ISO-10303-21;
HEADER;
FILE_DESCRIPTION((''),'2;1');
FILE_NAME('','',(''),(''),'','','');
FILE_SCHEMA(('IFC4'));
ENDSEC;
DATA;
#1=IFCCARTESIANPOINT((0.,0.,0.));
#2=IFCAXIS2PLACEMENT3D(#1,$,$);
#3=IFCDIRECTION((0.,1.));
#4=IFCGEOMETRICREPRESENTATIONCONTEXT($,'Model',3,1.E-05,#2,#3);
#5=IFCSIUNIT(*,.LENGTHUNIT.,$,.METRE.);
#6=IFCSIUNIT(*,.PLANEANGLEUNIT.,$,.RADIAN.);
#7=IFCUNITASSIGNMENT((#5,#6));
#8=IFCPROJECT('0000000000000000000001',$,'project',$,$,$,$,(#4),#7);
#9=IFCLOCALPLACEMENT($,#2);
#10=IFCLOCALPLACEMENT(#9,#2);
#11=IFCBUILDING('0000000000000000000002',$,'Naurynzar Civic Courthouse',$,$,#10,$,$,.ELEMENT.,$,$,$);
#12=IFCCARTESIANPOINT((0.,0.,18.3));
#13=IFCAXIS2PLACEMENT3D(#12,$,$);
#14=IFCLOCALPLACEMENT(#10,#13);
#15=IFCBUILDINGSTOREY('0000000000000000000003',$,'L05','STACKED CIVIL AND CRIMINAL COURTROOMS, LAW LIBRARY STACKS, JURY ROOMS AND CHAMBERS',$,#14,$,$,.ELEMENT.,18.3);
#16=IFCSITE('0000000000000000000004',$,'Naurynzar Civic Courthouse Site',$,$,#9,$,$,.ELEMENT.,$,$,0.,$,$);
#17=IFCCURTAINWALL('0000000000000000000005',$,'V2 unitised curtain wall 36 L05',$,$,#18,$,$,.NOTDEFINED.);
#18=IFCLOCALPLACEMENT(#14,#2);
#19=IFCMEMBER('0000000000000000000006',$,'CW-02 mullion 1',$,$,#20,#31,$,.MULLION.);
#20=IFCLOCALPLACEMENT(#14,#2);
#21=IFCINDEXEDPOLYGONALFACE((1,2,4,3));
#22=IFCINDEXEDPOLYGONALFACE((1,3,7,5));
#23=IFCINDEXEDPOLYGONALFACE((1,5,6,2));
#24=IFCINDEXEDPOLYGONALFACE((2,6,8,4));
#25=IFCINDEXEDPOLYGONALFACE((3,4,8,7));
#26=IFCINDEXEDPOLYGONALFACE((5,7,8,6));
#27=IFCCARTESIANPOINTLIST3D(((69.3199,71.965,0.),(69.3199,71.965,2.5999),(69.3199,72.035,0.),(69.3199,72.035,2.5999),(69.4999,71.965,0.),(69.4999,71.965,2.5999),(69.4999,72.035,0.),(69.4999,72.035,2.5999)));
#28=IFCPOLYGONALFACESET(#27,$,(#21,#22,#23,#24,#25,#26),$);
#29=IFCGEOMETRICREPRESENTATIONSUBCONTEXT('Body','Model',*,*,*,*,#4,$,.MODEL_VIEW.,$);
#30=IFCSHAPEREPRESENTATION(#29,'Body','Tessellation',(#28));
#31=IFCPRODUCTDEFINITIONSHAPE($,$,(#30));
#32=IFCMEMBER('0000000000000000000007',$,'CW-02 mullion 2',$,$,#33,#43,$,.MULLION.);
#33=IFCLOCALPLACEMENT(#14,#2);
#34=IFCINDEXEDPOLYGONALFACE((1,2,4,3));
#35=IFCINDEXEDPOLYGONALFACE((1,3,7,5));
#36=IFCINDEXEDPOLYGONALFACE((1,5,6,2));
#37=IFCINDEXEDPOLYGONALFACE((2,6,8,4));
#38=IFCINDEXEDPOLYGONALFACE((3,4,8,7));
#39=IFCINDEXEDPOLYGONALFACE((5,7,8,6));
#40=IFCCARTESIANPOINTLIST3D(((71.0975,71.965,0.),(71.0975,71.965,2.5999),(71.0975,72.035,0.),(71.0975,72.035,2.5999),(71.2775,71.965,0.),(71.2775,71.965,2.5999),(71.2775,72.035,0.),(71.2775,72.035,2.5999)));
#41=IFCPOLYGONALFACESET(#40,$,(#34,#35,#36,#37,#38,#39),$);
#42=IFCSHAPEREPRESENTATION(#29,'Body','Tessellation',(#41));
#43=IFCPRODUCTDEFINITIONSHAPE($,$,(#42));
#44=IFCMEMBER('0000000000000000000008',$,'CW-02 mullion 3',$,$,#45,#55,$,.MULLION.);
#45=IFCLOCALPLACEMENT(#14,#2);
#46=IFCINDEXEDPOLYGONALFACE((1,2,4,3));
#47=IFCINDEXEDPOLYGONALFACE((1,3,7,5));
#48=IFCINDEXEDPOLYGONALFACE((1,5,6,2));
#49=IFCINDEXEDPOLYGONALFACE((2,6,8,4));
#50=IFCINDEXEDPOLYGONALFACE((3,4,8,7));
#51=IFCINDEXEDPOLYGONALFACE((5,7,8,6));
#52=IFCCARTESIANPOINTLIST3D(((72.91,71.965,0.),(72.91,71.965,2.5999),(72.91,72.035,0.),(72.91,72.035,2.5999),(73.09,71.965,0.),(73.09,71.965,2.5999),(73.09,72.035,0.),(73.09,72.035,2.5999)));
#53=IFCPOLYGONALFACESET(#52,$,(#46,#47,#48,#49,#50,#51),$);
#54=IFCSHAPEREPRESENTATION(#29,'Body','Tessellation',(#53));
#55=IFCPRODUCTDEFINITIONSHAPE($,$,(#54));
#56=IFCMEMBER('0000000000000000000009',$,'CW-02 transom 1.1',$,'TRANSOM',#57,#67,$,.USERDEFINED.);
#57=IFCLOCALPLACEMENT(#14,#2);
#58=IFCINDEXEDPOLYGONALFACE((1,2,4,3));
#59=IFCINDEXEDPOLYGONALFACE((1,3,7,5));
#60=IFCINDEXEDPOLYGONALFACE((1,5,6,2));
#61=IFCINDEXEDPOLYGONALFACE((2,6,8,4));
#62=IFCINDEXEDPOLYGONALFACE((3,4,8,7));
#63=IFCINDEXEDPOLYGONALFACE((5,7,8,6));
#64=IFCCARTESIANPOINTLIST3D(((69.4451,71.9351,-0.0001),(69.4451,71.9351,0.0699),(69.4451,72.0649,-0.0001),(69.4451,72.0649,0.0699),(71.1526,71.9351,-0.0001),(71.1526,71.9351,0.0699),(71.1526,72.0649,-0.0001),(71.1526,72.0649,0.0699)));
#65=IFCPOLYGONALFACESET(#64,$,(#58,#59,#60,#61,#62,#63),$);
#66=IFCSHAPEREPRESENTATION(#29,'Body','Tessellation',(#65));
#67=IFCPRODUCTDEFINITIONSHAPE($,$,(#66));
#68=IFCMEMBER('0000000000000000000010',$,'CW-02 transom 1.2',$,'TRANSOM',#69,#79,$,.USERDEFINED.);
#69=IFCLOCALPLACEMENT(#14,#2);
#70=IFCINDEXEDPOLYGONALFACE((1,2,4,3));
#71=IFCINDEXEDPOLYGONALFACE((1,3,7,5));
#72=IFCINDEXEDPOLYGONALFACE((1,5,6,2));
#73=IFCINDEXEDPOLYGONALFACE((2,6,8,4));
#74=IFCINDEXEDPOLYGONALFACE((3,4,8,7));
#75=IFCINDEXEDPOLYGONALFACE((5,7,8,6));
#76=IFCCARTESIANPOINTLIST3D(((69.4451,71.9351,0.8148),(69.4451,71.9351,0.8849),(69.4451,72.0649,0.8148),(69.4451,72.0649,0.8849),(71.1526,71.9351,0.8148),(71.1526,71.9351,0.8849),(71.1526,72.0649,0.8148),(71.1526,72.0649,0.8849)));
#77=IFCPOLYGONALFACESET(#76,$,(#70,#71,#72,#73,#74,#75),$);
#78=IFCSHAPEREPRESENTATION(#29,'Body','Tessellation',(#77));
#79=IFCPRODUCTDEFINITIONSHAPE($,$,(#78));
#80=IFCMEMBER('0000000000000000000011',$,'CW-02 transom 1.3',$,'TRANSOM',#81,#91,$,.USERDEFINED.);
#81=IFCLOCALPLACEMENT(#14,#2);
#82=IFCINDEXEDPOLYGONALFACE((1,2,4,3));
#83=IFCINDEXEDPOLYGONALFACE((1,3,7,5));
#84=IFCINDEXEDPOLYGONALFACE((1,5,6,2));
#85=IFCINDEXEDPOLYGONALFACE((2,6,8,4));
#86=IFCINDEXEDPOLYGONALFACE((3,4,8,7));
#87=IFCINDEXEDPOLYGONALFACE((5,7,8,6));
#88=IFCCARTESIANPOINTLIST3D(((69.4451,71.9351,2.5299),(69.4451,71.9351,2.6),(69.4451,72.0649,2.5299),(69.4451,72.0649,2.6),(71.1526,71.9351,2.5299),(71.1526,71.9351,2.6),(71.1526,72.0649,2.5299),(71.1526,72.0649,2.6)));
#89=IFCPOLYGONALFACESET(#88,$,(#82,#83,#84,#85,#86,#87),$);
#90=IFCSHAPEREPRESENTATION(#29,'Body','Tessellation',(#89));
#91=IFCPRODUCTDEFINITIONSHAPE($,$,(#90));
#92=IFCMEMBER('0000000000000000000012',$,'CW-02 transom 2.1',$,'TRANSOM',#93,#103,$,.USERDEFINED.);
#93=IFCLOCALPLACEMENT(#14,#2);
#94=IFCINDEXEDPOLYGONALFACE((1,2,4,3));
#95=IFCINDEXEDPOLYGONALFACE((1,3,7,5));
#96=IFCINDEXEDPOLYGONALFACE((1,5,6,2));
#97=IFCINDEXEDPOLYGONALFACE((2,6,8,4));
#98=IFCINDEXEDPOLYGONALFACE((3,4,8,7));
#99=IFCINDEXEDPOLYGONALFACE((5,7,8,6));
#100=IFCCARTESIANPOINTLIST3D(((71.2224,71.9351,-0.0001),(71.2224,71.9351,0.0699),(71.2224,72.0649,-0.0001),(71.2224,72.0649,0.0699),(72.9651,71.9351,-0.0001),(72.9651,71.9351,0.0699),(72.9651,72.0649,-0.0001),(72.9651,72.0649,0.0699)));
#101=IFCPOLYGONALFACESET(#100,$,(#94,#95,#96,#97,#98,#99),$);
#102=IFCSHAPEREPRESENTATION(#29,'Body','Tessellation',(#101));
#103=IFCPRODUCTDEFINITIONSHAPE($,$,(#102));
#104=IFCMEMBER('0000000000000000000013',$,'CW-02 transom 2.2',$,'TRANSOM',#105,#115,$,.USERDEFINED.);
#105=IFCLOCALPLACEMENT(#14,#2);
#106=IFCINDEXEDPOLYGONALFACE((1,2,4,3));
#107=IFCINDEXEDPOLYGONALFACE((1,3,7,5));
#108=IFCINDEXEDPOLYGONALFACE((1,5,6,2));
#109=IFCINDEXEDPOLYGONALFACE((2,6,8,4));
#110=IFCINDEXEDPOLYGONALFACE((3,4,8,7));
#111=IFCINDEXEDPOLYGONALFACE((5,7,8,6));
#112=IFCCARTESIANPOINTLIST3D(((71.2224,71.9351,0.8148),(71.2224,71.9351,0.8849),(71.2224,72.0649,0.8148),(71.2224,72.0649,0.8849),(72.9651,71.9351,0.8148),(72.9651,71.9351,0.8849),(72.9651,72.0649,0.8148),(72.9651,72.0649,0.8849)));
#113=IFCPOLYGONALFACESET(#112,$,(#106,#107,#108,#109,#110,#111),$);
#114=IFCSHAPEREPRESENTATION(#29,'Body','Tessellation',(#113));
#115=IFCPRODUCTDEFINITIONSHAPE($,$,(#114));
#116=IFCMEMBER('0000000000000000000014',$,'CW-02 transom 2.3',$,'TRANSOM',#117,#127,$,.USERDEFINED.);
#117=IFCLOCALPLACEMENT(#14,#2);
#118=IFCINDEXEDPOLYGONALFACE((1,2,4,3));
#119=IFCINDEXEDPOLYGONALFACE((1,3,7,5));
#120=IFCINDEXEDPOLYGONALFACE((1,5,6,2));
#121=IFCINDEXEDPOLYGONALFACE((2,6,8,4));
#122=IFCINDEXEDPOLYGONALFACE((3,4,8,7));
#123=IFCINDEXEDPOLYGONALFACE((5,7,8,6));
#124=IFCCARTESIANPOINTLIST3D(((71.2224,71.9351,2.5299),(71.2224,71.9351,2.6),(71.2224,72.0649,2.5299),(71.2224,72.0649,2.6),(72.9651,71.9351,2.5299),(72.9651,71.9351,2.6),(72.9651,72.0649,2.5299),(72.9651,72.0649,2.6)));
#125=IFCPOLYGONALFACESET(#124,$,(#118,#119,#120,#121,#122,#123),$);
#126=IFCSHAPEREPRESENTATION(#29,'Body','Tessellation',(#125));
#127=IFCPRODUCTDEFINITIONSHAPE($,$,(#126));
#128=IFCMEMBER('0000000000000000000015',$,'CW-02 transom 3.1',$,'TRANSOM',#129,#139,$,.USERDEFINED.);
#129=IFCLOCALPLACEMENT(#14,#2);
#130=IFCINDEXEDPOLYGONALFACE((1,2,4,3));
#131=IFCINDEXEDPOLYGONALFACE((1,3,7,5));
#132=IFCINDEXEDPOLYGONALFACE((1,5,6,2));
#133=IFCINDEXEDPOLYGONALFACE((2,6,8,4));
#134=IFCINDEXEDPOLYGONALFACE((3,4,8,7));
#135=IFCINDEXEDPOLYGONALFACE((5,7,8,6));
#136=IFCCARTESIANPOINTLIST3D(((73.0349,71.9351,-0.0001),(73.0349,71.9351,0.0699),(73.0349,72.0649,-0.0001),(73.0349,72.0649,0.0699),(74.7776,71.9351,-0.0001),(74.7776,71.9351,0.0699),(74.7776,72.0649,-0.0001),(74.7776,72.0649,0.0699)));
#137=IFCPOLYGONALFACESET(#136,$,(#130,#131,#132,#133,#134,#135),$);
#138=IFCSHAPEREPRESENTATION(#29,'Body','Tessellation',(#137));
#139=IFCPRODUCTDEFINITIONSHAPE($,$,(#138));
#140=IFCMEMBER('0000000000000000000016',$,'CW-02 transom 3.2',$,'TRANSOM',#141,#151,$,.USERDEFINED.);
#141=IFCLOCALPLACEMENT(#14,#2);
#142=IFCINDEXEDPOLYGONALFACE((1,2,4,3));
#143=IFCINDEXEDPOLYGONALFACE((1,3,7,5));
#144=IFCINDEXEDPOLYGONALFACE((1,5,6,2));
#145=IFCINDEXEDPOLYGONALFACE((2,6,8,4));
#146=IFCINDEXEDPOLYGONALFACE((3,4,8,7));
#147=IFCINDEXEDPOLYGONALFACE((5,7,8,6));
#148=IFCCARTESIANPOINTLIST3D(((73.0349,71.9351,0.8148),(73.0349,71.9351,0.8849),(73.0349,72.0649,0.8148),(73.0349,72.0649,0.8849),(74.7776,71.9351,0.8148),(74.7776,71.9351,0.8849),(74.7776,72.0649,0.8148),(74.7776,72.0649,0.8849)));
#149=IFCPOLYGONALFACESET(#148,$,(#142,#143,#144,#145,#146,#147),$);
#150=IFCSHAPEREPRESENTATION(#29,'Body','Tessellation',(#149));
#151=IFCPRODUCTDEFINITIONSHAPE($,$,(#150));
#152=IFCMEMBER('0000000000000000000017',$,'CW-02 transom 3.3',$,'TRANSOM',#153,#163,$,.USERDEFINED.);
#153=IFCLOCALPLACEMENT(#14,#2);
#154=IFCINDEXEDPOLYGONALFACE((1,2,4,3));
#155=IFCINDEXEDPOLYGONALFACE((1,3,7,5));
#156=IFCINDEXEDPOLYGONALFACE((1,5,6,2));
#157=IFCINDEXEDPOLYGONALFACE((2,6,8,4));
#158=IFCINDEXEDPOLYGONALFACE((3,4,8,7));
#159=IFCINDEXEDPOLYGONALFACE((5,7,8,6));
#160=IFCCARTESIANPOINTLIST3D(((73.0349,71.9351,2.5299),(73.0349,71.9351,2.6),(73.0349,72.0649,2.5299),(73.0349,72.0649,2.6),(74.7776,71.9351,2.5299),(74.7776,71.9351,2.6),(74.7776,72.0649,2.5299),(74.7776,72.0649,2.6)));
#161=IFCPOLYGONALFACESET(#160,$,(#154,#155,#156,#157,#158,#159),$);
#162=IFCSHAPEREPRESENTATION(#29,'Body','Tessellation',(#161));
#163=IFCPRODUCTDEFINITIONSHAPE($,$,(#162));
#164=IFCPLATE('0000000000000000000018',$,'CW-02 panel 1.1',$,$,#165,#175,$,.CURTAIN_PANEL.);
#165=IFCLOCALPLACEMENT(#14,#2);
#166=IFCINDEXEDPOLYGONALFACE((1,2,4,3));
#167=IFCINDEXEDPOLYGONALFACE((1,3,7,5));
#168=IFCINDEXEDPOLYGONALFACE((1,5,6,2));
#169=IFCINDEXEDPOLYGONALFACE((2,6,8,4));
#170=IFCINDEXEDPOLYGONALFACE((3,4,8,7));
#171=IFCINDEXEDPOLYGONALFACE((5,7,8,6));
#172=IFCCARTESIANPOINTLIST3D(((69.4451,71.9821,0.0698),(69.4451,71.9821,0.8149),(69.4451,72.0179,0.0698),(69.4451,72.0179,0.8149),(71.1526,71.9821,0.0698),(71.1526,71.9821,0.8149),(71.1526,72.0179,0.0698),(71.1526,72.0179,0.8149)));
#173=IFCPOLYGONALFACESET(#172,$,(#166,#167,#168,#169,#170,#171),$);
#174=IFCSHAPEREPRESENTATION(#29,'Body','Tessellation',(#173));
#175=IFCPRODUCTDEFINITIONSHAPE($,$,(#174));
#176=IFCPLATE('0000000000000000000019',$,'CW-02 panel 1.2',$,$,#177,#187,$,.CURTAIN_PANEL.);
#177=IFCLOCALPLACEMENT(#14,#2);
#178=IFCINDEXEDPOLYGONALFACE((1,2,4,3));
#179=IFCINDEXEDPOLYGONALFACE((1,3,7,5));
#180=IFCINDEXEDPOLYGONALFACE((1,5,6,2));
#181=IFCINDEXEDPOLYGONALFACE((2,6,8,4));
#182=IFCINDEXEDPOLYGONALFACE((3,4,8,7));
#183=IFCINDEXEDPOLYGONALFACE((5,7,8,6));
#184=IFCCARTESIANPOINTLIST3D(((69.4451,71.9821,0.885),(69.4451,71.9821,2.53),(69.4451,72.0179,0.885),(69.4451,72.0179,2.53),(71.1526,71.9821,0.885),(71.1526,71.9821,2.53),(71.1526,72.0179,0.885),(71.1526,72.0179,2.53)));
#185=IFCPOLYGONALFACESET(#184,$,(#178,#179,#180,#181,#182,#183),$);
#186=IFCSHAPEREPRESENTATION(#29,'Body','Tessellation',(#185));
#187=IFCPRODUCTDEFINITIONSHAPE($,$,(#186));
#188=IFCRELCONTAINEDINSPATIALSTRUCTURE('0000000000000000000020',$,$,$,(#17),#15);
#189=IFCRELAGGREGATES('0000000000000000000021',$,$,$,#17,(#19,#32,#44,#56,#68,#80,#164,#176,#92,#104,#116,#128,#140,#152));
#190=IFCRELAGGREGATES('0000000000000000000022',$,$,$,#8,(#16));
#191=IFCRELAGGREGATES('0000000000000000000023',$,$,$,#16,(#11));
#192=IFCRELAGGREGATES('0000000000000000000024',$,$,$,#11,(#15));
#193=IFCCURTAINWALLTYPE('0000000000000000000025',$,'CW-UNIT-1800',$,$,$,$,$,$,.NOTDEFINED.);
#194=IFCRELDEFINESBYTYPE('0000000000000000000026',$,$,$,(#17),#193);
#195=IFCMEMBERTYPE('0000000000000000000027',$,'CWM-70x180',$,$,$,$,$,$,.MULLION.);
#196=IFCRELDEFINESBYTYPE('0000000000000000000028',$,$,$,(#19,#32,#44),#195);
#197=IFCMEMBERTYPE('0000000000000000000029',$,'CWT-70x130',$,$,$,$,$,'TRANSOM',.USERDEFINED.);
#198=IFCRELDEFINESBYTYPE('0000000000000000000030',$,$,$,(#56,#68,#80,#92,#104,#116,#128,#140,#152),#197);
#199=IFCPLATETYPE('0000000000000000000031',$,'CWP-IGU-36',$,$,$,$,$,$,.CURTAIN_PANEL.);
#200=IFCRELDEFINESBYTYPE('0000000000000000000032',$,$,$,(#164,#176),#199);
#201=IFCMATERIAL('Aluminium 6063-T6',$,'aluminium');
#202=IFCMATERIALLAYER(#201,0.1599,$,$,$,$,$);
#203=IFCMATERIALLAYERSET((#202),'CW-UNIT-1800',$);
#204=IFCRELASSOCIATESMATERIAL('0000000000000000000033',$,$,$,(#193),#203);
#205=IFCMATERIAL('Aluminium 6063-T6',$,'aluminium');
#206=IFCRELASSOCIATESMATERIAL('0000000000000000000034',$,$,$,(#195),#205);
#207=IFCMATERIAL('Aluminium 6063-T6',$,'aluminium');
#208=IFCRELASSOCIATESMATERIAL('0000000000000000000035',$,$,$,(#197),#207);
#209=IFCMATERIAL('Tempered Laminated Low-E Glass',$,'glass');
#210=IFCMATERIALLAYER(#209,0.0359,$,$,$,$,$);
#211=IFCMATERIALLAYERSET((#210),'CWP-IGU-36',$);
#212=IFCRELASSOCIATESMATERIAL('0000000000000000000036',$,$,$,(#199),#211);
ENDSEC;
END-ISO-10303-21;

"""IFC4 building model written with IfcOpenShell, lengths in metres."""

from ifc_helpers import new_model, si_unit, direction, frame, origin, origin_2d, place, context, subcontext, project, spatial, rectangle, extrude, material, layer, layer_set, material_profile, profile_set, type_object, element, aggregate, save


model = new_model("IFC4")

# Units and contexts
model_context = context("Model", 3, precision=1e-05, world=origin(), true_north=direction((0.0, 1.0)))
body_context = subcontext(model_context, "Body", "Model", "MODEL_VIEW")
ifc_project = project(units=[si_unit("LENGTHUNIT", "METRE"), si_unit("PLANEANGLEUNIT", "RADIAN")], contexts=[model_context])

# Site, building, storey
site_placement = place(None, origin())
site = spatial("IfcSite", under=ifc_project, at=site_placement, Name="Naurynzar Civic Courthouse Site", CompositionType="ELEMENT", RefElevation=0.0)
building_placement = place(site_placement, origin())
building = spatial("IfcBuilding", under=site, at=building_placement, Name="Naurynzar Civic Courthouse", CompositionType="ELEMENT")
storey_placement = place(building_placement, frame((0.0, 0.0, 18.3)))
storey = spatial("IfcBuildingStorey", under=building, at=storey_placement, Name="L05", Description="STACKED CIVIL AND CRIMINAL COURTROOMS, LAW LIBRARY STACKS, JURY ROOMS AND CHAMBERS", CompositionType="ELEMENT", Elevation=18.3)

# Curtain wall, members, plates
ifc_material_1 = material(Name="Aluminium 6063-T6", Category="aluminium")
ifc_layer_1 = layer(ifc_material_1, 0.1599)
ifc_layer_set_1 = layer_set([ifc_layer_1], Name="CW-UNIT-1800")
curtain_wall_type = type_object("IfcCurtainWallType", Name="CW-UNIT-1800", PredefinedType="NOTDEFINED", material=ifc_layer_set_1)
curtain_wall_placement = place(storey_placement, origin())
curtain_wall = element("IfcCurtainWall", 1, at=curtain_wall_placement, inside=storey, type_object=curtain_wall_type, Name="V2 unitised curtain wall 36 L05", PredefinedType="NOTDEFINED")
ifc_material_2 = material(Name="Aluminium 6063-T6", Category="aluminium")
ifc_material_profile_1 = material_profile(ifc_material_2, rectangle(XDim=0.0701, YDim=0.1799, at=origin_2d()), Name="ALU MULLION 70x180")
ifc_profile_set_1 = profile_set([ifc_material_profile_1], Name="Aluminium 6063-T6")
member_type_1 = type_object("IfcMemberType", Name="CWM-70x180", PredefinedType="MULLION", material=ifc_profile_set_1)
member_1_placement = place(storey_placement, frame((69.4099, 72.0, 0.0), z_axis=(0.0, 0.0, 1.0), x_axis=(0.0, 1.0, 0.0)))
member_1 = element("IfcMember", 2, at=member_1_placement, type_object=member_type_1, Name="CW-02 mullion 1", PredefinedType="MULLION", context=body_context, shape_type="SweptSolid", body=[
    extrude(rectangle(XDim=0.0701, YDim=0.1799, at=origin_2d()), origin(), (0.0, 0.0, 1.0), 2.5999),
])
member_2_placement = place(storey_placement, frame((71.1875, 72.0, 0.0), z_axis=(0.0, 0.0, 1.0), x_axis=(0.0, 1.0, 0.0)))
member_2 = element("IfcMember", 3, at=member_2_placement, type_object=member_type_1, Name="CW-02 mullion 2", PredefinedType="MULLION", context=body_context, shape_type="SweptSolid", body=[
    extrude(rectangle(XDim=0.0701, YDim=0.1799, at=origin_2d()), origin(), (0.0, 0.0, 1.0), 2.5999),
])
member_3_placement = place(storey_placement, frame((73.0, 72.0, 0.0), z_axis=(0.0, 0.0, 1.0), x_axis=(0.0, 1.0, 0.0)))
member_3 = element("IfcMember", 4, at=member_3_placement, type_object=member_type_1, Name="CW-02 mullion 3", PredefinedType="MULLION", context=body_context, shape_type="SweptSolid", body=[
    extrude(rectangle(XDim=0.0701, YDim=0.1799, at=origin_2d()), origin(), (0.0, 0.0, 1.0), 2.5999),
])
ifc_material_3 = material(Name="Aluminium 6063-T6", Category="aluminium")
ifc_material_profile_2 = material_profile(ifc_material_3, rectangle(XDim=0.1299, YDim=0.0701, at=origin_2d()), Name="ALU TRANSOM 70x130")
ifc_profile_set_2 = profile_set([ifc_material_profile_2], Name="Aluminium 6063-T6")
member_type_2 = type_object("IfcMemberType", Name="CWT-70x130", ElementType="TRANSOM", PredefinedType="USERDEFINED", material=ifc_profile_set_2)
member_4_placement = place(storey_placement, frame((69.4451, 72.0, 0.0349), z_axis=(1.0, 0.0, 0.0), x_axis=(0.0, 1.0, 0.0)))
member_4 = element("IfcMember", 5, at=member_4_placement, type_object=member_type_2, Name="CW-02 transom 1.1", ObjectType="TRANSOM", PredefinedType="USERDEFINED", context=body_context, shape_type="SweptSolid", body=[
    extrude(rectangle(XDim=0.1299, YDim=0.0701, at=origin_2d()), origin(), (0.0, 0.0, 1.0), 1.7075),
])
member_5_placement = place(storey_placement, frame((69.4451, 72.0, 0.8499), z_axis=(1.0, 0.0, 0.0), x_axis=(0.0, 1.0, 0.0)))
member_5 = element("IfcMember", 6, at=member_5_placement, type_object=member_type_2, Name="CW-02 transom 1.2", ObjectType="TRANSOM", PredefinedType="USERDEFINED", context=body_context, shape_type="SweptSolid", body=[
    extrude(rectangle(XDim=0.1299, YDim=0.0701, at=origin_2d()), origin(), (0.0, 0.0, 1.0), 1.7075),
])
member_6_placement = place(storey_placement, frame((69.4451, 72.0, 2.5649), z_axis=(1.0, 0.0, 0.0), x_axis=(0.0, 1.0, 0.0)))
member_6 = element("IfcMember", 7, at=member_6_placement, type_object=member_type_2, Name="CW-02 transom 1.3", ObjectType="TRANSOM", PredefinedType="USERDEFINED", context=body_context, shape_type="SweptSolid", body=[
    extrude(rectangle(XDim=0.1299, YDim=0.0701, at=origin_2d()), origin(), (0.0, 0.0, 1.0), 1.7075),
])
member_7_placement = place(storey_placement, frame((71.2224, 72.0, 0.0349), z_axis=(1.0, 0.0, 0.0), x_axis=(0.0, 1.0, 0.0)))
member_7 = element("IfcMember", 8, at=member_7_placement, type_object=member_type_2, Name="CW-02 transom 2.1", ObjectType="TRANSOM", PredefinedType="USERDEFINED", context=body_context, shape_type="SweptSolid", body=[
    extrude(rectangle(XDim=0.1299, YDim=0.0701, at=origin_2d()), origin(), (0.0, 0.0, 1.0), 1.7427),
])
member_8_placement = place(storey_placement, frame((71.2224, 72.0, 0.8499), z_axis=(1.0, 0.0, 0.0), x_axis=(0.0, 1.0, 0.0)))
member_8 = element("IfcMember", 9, at=member_8_placement, type_object=member_type_2, Name="CW-02 transom 2.2", ObjectType="TRANSOM", PredefinedType="USERDEFINED", context=body_context, shape_type="SweptSolid", body=[
    extrude(rectangle(XDim=0.1299, YDim=0.0701, at=origin_2d()), origin(), (0.0, 0.0, 1.0), 1.7427),
])
member_9_placement = place(storey_placement, frame((71.2224, 72.0, 2.5649), z_axis=(1.0, 0.0, 0.0), x_axis=(0.0, 1.0, 0.0)))
member_9 = element("IfcMember", 10, at=member_9_placement, type_object=member_type_2, Name="CW-02 transom 2.3", ObjectType="TRANSOM", PredefinedType="USERDEFINED", context=body_context, shape_type="SweptSolid", body=[
    extrude(rectangle(XDim=0.1299, YDim=0.0701, at=origin_2d()), origin(), (0.0, 0.0, 1.0), 1.7427),
])
member_10_placement = place(storey_placement, frame((73.0349, 72.0, 0.0349), z_axis=(1.0, 0.0, 0.0), x_axis=(0.0, 1.0, 0.0)))
member_10 = element("IfcMember", 11, at=member_10_placement, type_object=member_type_2, Name="CW-02 transom 3.1", ObjectType="TRANSOM", PredefinedType="USERDEFINED", context=body_context, shape_type="SweptSolid", body=[
    extrude(rectangle(XDim=0.1299, YDim=0.0701, at=origin_2d()), origin(), (0.0, 0.0, 1.0), 1.7427),
])
member_11_placement = place(storey_placement, frame((73.0349, 72.0, 0.8499), z_axis=(1.0, 0.0, 0.0), x_axis=(0.0, 1.0, 0.0)))
member_11 = element("IfcMember", 12, at=member_11_placement, type_object=member_type_2, Name="CW-02 transom 3.2", ObjectType="TRANSOM", PredefinedType="USERDEFINED", context=body_context, shape_type="SweptSolid", body=[
    extrude(rectangle(XDim=0.1299, YDim=0.0701, at=origin_2d()), origin(), (0.0, 0.0, 1.0), 1.7427),
])
member_12_placement = place(storey_placement, frame((73.0349, 72.0, 2.5649), z_axis=(1.0, 0.0, 0.0), x_axis=(0.0, 1.0, 0.0)))
member_12 = element("IfcMember", 13, at=member_12_placement, type_object=member_type_2, Name="CW-02 transom 3.3", ObjectType="TRANSOM", PredefinedType="USERDEFINED", context=body_context, shape_type="SweptSolid", body=[
    extrude(rectangle(XDim=0.1299, YDim=0.0701, at=origin_2d()), origin(), (0.0, 0.0, 1.0), 1.7427),
])
ifc_material_4 = material(Name="Tempered Laminated Low-E Glass", Category="glass")
ifc_layer_2 = layer(ifc_material_4, 0.0359)
ifc_layer_set_2 = layer_set([ifc_layer_2], Name="CWP-IGU-36")
plate_type = type_object("IfcPlateType", Name="CWP-IGU-36", PredefinedType="CURTAIN_PANEL", material=ifc_layer_set_2)
plate_1_placement = place(storey_placement, frame((70.2988, 72.0, 0.0698), z_axis=(0.0, 0.0, 1.0), x_axis=(1.0, 0.0, 0.0)))
plate_1 = element("IfcPlate", 14, at=plate_1_placement, type_object=plate_type, Name="CW-02 panel 1.1", PredefinedType="CURTAIN_PANEL", context=body_context, shape_type="SweptSolid", body=[
    extrude(rectangle(XDim=1.7075, YDim=0.0359, at=origin_2d()), origin(), (0.0, 0.0, 1.0), 0.7451),
])
plate_2_placement = place(storey_placement, frame((70.2988, 72.0, 0.885), z_axis=(0.0, 0.0, 1.0), x_axis=(1.0, 0.0, 0.0)))
plate_2 = element("IfcPlate", 15, at=plate_2_placement, type_object=plate_type, Name="CW-02 panel 1.2", PredefinedType="CURTAIN_PANEL", context=body_context, shape_type="SweptSolid", body=[
    extrude(rectangle(XDim=1.7075, YDim=0.0359, at=origin_2d()), origin(), (0.0, 0.0, 1.0), 1.645),
])
aggregate(curtain_wall, [member_1, member_2, member_3, member_4, member_5, member_6, plate_1, plate_2, member_7, member_8, member_9, member_10, member_11, member_12])

save(model, "model.ifc")
